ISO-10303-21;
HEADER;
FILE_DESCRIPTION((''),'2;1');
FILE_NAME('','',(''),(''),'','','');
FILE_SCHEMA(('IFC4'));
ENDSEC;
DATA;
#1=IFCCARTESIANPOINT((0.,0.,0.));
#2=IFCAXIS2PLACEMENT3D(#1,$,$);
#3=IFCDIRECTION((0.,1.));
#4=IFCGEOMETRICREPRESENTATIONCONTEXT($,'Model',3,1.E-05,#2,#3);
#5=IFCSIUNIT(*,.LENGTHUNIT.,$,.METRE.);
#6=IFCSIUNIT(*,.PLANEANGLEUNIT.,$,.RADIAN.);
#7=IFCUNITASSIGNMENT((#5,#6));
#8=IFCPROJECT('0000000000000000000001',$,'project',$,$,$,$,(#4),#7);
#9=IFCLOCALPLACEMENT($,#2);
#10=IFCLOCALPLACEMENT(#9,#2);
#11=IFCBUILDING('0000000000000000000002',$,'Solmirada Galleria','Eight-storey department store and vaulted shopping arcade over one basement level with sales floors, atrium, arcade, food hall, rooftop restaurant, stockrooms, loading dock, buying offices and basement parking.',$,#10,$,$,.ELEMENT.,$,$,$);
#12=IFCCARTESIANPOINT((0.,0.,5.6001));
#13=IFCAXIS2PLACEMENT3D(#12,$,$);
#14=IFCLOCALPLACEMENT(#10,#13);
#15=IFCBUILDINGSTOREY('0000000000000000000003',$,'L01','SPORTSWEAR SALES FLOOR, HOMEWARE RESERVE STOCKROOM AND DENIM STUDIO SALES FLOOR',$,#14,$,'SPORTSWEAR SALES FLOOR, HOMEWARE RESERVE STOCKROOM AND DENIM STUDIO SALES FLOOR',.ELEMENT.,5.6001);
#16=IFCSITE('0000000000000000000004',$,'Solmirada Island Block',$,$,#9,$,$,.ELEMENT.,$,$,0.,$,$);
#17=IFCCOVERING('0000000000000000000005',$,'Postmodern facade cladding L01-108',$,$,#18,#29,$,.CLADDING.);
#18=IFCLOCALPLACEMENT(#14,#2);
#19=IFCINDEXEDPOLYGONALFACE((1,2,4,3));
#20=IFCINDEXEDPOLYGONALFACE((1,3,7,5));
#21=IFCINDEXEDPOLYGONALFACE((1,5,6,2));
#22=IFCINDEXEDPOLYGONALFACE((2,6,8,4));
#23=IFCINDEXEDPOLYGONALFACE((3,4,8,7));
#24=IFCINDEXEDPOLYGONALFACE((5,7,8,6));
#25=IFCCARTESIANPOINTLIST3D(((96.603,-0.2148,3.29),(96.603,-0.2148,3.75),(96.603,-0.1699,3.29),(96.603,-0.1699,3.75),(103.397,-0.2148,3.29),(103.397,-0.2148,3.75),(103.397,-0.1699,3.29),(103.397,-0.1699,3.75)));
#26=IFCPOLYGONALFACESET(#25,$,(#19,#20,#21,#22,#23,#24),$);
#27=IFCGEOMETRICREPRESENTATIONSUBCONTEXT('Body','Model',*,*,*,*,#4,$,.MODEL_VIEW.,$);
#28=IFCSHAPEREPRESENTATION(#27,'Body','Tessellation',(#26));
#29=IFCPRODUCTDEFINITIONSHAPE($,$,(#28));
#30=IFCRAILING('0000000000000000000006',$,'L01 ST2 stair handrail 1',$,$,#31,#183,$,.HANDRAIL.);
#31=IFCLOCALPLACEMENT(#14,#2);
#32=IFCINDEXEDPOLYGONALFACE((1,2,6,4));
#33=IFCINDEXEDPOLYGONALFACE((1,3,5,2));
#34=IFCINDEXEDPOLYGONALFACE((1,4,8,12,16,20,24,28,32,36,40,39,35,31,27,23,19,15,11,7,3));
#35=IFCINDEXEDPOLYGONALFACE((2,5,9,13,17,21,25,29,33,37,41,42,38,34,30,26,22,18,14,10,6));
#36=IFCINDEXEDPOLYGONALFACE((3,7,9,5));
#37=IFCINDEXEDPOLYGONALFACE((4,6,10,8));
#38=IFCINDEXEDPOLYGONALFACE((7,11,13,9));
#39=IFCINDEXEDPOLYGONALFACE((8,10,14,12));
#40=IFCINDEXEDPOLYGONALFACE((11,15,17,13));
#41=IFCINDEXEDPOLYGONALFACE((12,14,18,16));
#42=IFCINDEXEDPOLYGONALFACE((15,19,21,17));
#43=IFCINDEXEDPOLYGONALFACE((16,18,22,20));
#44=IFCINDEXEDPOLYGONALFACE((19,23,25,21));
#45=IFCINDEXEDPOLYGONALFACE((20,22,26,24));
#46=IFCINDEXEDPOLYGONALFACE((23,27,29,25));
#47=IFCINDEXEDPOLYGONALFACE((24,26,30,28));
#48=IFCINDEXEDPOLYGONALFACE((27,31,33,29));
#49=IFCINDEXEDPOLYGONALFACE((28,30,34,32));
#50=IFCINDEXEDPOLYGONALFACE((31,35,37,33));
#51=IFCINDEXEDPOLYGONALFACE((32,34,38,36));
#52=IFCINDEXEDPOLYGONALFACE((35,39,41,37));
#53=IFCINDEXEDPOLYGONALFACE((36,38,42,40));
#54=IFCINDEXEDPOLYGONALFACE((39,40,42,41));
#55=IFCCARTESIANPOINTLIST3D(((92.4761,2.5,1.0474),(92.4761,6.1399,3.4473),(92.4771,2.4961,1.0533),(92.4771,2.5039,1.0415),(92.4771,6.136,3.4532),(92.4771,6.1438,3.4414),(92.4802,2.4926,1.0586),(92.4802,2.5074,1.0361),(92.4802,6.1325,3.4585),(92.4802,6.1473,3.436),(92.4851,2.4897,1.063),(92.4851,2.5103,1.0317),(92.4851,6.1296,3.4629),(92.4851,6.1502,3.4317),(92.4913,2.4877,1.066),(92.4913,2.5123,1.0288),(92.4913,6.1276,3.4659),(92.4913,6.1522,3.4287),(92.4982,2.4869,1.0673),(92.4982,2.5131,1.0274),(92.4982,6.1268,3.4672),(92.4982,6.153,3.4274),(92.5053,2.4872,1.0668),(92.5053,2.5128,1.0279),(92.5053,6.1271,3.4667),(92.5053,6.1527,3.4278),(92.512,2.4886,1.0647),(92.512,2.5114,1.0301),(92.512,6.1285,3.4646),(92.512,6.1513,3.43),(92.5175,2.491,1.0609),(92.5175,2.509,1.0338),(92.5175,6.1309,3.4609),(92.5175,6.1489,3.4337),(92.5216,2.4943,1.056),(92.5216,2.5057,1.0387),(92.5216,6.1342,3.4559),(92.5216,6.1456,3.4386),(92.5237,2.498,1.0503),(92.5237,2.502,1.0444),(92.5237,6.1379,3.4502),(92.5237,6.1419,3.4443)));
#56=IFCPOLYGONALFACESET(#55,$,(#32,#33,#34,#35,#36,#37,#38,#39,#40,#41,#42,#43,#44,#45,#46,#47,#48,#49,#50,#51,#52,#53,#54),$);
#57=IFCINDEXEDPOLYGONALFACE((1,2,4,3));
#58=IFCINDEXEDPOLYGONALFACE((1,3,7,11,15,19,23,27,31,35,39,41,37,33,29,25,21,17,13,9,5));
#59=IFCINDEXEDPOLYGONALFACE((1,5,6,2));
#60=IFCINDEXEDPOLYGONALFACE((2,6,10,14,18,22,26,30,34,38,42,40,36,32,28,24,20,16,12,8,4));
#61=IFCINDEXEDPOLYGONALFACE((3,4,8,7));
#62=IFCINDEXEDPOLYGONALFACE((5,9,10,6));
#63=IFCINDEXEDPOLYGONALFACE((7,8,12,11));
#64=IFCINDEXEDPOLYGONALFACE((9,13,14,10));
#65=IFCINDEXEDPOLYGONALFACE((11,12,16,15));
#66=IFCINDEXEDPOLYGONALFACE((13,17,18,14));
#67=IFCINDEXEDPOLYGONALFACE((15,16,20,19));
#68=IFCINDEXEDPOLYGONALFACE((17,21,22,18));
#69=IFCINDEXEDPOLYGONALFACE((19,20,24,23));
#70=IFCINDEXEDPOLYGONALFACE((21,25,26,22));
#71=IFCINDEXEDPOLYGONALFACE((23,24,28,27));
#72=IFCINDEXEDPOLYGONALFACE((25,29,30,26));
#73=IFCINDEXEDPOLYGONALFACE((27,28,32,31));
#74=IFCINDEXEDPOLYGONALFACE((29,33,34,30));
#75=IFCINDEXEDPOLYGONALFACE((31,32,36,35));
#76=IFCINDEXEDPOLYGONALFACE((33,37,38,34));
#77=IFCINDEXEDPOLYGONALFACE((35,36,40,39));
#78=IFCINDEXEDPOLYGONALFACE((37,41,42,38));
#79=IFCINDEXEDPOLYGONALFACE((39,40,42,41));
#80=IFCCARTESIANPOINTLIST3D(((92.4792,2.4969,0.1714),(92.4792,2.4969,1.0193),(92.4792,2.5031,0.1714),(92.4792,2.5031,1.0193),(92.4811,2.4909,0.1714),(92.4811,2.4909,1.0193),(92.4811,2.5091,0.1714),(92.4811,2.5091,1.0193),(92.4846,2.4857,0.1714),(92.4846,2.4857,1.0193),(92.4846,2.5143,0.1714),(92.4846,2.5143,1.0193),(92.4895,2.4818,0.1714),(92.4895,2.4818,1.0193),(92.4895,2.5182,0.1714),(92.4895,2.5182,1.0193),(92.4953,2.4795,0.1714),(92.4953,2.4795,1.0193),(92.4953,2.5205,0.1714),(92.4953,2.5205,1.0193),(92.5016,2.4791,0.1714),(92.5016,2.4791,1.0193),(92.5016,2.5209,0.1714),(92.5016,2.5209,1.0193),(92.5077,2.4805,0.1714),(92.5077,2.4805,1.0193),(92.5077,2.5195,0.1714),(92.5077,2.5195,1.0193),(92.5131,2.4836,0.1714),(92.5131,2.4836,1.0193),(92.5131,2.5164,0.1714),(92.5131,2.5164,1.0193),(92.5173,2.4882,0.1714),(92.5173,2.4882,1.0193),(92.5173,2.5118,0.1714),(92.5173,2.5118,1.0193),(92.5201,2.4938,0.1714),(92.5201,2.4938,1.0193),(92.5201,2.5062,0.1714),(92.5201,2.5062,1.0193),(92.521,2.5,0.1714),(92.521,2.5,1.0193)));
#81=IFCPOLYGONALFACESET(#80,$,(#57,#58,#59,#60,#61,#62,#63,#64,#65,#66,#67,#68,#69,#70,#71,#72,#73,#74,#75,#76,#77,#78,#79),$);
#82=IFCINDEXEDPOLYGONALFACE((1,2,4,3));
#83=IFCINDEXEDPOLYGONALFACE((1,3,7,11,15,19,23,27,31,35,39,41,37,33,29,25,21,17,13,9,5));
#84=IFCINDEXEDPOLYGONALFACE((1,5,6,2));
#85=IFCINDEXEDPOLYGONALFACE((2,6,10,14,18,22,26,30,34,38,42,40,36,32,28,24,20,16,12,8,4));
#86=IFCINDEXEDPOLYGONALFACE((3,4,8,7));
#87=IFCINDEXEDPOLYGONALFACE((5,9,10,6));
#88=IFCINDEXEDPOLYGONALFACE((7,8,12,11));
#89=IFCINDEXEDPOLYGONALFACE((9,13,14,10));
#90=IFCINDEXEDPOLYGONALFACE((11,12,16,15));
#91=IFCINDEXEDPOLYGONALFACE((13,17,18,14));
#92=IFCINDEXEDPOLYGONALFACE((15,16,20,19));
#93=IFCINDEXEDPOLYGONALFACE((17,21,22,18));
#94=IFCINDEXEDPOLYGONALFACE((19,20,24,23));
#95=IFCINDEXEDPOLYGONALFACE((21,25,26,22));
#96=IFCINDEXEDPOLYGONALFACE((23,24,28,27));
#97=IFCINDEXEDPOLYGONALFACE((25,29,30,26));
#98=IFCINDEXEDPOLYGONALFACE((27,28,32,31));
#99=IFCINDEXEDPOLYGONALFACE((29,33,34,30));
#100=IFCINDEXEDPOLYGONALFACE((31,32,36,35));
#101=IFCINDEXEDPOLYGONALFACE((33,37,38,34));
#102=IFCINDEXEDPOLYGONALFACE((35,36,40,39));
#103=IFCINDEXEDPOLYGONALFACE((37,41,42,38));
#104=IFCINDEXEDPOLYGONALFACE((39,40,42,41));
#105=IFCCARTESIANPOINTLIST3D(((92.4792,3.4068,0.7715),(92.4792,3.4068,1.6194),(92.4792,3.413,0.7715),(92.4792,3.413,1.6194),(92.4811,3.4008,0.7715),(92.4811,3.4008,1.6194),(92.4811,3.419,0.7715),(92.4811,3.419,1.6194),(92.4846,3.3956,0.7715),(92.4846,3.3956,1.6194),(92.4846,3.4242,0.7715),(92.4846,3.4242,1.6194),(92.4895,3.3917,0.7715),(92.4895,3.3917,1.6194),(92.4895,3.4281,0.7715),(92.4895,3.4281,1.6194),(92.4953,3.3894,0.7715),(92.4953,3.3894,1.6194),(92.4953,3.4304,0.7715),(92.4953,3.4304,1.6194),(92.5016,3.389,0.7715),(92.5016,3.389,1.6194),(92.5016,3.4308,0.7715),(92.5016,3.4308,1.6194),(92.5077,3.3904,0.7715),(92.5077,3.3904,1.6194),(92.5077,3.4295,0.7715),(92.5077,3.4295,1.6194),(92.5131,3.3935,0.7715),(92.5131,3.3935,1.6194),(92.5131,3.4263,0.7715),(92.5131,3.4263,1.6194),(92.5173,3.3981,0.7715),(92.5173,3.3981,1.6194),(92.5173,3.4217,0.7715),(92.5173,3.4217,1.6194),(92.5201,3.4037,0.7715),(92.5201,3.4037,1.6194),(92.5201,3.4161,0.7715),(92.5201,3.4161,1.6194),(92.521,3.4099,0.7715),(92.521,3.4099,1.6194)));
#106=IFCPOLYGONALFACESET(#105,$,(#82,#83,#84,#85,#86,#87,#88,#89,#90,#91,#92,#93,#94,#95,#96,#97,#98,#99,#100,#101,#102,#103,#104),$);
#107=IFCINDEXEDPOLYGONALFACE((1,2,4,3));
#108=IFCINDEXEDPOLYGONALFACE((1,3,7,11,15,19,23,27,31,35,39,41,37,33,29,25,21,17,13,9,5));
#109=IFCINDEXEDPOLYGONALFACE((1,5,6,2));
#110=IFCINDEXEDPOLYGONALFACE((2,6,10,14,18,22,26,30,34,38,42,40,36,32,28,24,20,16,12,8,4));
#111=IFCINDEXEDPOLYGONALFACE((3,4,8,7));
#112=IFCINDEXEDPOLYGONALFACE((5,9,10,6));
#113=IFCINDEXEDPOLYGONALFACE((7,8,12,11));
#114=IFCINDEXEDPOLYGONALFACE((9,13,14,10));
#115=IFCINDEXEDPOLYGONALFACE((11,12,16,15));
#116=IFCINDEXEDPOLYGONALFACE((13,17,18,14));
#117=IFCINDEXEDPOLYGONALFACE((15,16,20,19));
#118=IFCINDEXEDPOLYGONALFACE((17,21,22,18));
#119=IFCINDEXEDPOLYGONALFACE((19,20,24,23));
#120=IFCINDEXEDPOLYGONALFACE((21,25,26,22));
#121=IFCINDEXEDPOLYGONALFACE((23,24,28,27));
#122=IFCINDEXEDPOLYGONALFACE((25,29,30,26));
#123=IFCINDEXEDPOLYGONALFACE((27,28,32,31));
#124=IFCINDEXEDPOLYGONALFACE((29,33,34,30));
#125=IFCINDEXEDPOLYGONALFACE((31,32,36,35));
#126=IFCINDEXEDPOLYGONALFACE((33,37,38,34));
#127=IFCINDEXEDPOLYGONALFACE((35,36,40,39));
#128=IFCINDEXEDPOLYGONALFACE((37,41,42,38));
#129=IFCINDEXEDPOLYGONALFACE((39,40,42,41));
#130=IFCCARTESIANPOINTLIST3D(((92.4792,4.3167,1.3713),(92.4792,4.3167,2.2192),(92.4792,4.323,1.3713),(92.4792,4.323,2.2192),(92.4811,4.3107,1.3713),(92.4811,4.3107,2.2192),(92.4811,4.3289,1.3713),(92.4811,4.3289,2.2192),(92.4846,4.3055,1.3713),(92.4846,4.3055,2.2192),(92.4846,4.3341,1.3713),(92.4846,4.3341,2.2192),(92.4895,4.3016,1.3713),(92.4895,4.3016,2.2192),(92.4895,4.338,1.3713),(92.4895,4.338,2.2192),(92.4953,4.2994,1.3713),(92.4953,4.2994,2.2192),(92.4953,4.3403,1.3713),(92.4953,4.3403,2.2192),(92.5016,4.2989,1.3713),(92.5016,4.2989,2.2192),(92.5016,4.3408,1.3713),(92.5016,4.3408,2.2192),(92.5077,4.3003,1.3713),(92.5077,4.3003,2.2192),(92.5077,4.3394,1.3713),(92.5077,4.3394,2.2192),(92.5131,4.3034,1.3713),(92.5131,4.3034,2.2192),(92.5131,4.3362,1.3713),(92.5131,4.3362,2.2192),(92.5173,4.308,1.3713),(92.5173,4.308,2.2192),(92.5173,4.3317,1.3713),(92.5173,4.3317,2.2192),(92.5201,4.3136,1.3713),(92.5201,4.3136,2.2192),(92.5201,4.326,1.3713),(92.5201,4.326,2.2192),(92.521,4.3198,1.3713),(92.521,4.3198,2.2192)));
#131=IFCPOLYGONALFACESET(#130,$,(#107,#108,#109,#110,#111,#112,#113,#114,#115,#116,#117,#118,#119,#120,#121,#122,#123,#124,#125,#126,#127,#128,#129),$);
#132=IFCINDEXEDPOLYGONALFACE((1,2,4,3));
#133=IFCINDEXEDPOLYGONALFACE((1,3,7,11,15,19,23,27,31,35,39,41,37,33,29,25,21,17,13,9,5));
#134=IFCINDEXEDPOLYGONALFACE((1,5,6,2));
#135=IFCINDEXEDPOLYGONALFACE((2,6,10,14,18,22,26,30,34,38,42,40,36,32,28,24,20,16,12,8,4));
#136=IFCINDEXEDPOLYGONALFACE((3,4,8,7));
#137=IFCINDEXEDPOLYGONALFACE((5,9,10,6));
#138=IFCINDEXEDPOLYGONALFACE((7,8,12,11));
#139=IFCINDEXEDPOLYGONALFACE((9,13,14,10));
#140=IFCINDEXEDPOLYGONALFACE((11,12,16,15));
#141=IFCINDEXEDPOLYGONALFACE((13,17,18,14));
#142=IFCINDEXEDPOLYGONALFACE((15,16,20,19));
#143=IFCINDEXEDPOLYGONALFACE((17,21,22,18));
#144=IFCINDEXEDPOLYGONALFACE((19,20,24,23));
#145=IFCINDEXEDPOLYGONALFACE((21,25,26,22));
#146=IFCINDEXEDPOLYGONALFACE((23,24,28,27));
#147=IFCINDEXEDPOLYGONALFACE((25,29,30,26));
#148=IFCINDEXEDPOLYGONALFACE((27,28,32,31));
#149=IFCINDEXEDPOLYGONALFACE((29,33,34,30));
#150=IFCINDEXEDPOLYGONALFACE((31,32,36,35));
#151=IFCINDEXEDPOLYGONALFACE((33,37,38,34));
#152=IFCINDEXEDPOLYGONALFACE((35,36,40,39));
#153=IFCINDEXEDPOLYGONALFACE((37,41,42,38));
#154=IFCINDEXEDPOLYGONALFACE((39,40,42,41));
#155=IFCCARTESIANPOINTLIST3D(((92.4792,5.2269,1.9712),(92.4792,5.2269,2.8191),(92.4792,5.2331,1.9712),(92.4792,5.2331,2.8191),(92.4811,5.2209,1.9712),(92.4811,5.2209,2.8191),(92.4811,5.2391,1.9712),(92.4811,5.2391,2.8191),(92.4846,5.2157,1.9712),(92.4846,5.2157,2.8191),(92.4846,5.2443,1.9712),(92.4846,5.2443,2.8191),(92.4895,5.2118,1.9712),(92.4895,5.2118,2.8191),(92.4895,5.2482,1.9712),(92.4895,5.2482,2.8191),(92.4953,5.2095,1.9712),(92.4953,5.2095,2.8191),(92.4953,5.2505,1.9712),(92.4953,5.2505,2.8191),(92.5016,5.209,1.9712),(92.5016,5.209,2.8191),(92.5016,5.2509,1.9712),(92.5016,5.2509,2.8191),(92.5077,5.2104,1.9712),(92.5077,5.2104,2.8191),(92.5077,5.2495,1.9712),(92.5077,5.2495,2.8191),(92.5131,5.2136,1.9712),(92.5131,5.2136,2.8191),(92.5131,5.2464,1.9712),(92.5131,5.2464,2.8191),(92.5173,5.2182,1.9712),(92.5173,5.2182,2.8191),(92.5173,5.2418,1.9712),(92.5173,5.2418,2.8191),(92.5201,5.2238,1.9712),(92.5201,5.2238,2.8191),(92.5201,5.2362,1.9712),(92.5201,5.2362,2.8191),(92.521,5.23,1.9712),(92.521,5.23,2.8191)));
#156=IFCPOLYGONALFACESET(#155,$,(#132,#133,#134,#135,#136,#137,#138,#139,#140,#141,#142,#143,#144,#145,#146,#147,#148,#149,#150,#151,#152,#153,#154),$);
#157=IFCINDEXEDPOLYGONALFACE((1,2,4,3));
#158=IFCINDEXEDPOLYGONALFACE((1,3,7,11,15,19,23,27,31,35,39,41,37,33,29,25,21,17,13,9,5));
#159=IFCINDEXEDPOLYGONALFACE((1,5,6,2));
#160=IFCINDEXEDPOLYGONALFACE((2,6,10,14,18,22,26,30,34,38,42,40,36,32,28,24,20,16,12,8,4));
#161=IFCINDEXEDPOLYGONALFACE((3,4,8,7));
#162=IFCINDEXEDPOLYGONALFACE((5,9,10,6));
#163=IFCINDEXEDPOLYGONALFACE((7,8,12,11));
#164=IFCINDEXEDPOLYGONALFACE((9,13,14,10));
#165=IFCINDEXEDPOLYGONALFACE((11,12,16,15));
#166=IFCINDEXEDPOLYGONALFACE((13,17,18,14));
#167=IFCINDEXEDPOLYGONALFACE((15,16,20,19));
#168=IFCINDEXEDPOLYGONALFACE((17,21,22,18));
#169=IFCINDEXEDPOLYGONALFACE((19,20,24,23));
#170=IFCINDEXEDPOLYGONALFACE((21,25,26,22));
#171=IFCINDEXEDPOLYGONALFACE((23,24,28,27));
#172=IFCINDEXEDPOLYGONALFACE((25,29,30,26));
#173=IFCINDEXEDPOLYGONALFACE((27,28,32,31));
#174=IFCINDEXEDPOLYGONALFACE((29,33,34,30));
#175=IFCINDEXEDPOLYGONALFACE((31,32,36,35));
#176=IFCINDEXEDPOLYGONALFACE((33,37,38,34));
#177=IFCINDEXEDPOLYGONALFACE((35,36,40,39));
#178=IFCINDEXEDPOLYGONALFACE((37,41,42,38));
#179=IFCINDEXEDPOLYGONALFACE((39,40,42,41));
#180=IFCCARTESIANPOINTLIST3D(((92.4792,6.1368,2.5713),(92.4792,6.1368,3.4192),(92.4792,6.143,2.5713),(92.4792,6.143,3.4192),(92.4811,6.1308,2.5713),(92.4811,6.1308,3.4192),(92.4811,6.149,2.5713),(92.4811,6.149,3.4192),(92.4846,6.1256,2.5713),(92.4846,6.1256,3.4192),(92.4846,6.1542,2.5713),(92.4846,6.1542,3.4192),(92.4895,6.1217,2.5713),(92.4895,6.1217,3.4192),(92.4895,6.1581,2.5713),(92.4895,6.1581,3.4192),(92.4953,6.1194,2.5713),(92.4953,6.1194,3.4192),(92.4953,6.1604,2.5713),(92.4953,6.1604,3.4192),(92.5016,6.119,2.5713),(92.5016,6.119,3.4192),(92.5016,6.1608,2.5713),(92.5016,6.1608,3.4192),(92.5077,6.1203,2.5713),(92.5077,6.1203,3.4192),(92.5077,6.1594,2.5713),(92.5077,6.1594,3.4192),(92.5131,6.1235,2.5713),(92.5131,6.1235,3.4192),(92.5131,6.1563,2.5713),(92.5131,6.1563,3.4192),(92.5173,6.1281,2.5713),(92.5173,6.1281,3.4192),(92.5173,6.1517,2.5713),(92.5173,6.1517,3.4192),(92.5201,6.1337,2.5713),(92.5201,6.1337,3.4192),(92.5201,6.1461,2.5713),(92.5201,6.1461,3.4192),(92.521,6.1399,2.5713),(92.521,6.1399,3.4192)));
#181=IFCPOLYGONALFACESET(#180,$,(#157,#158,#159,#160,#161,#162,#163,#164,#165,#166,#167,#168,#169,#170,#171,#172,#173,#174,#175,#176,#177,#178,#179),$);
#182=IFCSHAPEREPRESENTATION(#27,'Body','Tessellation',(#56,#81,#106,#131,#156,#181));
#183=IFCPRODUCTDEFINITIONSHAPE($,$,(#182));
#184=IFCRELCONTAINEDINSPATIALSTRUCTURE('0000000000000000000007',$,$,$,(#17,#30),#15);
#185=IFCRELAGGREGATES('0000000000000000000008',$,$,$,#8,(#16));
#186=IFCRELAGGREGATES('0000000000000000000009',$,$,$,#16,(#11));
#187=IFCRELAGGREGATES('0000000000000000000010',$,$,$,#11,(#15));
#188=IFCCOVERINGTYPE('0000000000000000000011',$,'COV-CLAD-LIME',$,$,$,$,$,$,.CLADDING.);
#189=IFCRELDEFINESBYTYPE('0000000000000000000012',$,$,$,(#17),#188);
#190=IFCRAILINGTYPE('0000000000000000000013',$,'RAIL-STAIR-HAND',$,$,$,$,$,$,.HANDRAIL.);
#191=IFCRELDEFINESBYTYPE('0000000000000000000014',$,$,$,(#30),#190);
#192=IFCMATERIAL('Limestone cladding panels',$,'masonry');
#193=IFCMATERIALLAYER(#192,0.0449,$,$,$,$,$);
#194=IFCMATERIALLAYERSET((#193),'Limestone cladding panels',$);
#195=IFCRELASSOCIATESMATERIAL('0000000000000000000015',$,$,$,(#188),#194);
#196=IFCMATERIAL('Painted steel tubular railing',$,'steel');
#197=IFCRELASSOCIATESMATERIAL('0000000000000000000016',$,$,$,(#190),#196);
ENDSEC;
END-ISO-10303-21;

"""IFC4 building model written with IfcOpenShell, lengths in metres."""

from ifc_helpers import new_model, si_unit, direction, frame, origin, origin_2d, place, context, subcontext, project, spatial, rectangle, circle, extrude, material, layer, layer_set, type_object, element, save


model = new_model("IFC4")

# Units and contexts
model_context = context("Model", 3, precision=1e-05, world=origin(), true_north=direction((0.0, 1.0)))
body_context = subcontext(model_context, "Body", "Model", "MODEL_VIEW")
ifc_project = project(units=[si_unit("LENGTHUNIT", "METRE"), si_unit("PLANEANGLEUNIT", "RADIAN")], contexts=[model_context])

# Site, building, storey
site_placement = place(None, origin())
site = spatial("IfcSite", under=ifc_project, at=site_placement, Name="Solmirada Island Block", CompositionType="ELEMENT", RefElevation=0.0)
building_placement = place(site_placement, origin())
building = spatial("IfcBuilding", under=site, at=building_placement, Name="Solmirada Galleria", Description="Eight-storey department store and vaulted shopping arcade over one basement level with sales floors, atrium, arcade, food hall, rooftop restaurant, stockrooms, loading dock, buying offices and basement parking.", CompositionType="ELEMENT")
storey_placement = place(building_placement, frame((0.0, 0.0, 5.6001)))
storey = spatial("IfcBuildingStorey", under=building, at=storey_placement, Name="L01", Description="SPORTSWEAR SALES FLOOR, HOMEWARE RESERVE STOCKROOM AND DENIM STUDIO SALES FLOOR", LongName="SPORTSWEAR SALES FLOOR, HOMEWARE RESERVE STOCKROOM AND DENIM STUDIO SALES FLOOR", CompositionType="ELEMENT", Elevation=5.6001)

# Covering
ifc_material_1 = material(Name="Limestone cladding panels", Category="masonry")
ifc_layer_1 = layer(ifc_material_1, 0.0449)
ifc_layer_set_1 = layer_set([ifc_layer_1], Name="Limestone cladding panels")
covering_type = type_object("IfcCoveringType", Name="COV-CLAD-LIME", PredefinedType="CLADDING", material=ifc_layer_set_1)
covering_placement = place(storey_placement, frame((100.0, -0.1924, 3.29), z_axis=(0.0, 0.0, 1.0), x_axis=(-1.0, 0.0, 0.0)))
element("IfcCovering", 1, at=covering_placement, inside=storey, type_object=covering_type, Name="Postmodern facade cladding L01-108", PredefinedType="CLADDING", context=body_context, shape_type="SweptSolid", body=[
    extrude(rectangle(XDim=6.7939, YDim=0.0449, at=origin_2d()), origin(), (0.0, 0.0, 1.0), 0.46),
])

# Railing
ifc_material_2 = material(Name="Painted steel tubular railing", Category="steel")
railing_type = type_object("IfcRailingType", Name="RAIL-STAIR-HAND", PredefinedType="HANDRAIL", material=ifc_material_2)
railing_placement = place(storey_placement, frame((92.5, 2.5, 0.1714)))
element("IfcRailing", 2, at=railing_placement, inside=storey, type_object=railing_type, Name="L01 ST2 stair handrail 1", PredefinedType="HANDRAIL", context=body_context, shape_type="SweptSolid", body=[
    extrude(circle(Radius=0.0239, at=origin_2d()), frame((0.0, 0.0, 0.876), z_axis=(0.0, 0.834865, 0.550454), x_axis=(-1.0, 0.0, 0.0)), (0.0, 0.0, 1.0), 4.3599),
    extrude(circle(Radius=0.021, at=origin_2d()), origin(), (0.0, 0.0, 1.0), 0.8479),
    extrude(circle(Radius=0.021, at=origin_2d()), frame((0.0, 0.9099, 0.6001)), (0.0, 0.0, 1.0), 0.8479),
    extrude(circle(Radius=0.021, at=origin_2d()), frame((0.0, 1.8198, 1.2)), (0.0, 0.0, 1.0), 0.8479),
    extrude(circle(Radius=0.021, at=origin_2d()), frame((0.0, 2.73, 1.7998)), (0.0, 0.0, 1.0), 0.8479),
    extrude(circle(Radius=0.021, at=origin_2d()), frame((0.0, 3.6399, 2.3999)), (0.0, 0.0, 1.0), 0.8479),
])

save(model, "model.ifc")
